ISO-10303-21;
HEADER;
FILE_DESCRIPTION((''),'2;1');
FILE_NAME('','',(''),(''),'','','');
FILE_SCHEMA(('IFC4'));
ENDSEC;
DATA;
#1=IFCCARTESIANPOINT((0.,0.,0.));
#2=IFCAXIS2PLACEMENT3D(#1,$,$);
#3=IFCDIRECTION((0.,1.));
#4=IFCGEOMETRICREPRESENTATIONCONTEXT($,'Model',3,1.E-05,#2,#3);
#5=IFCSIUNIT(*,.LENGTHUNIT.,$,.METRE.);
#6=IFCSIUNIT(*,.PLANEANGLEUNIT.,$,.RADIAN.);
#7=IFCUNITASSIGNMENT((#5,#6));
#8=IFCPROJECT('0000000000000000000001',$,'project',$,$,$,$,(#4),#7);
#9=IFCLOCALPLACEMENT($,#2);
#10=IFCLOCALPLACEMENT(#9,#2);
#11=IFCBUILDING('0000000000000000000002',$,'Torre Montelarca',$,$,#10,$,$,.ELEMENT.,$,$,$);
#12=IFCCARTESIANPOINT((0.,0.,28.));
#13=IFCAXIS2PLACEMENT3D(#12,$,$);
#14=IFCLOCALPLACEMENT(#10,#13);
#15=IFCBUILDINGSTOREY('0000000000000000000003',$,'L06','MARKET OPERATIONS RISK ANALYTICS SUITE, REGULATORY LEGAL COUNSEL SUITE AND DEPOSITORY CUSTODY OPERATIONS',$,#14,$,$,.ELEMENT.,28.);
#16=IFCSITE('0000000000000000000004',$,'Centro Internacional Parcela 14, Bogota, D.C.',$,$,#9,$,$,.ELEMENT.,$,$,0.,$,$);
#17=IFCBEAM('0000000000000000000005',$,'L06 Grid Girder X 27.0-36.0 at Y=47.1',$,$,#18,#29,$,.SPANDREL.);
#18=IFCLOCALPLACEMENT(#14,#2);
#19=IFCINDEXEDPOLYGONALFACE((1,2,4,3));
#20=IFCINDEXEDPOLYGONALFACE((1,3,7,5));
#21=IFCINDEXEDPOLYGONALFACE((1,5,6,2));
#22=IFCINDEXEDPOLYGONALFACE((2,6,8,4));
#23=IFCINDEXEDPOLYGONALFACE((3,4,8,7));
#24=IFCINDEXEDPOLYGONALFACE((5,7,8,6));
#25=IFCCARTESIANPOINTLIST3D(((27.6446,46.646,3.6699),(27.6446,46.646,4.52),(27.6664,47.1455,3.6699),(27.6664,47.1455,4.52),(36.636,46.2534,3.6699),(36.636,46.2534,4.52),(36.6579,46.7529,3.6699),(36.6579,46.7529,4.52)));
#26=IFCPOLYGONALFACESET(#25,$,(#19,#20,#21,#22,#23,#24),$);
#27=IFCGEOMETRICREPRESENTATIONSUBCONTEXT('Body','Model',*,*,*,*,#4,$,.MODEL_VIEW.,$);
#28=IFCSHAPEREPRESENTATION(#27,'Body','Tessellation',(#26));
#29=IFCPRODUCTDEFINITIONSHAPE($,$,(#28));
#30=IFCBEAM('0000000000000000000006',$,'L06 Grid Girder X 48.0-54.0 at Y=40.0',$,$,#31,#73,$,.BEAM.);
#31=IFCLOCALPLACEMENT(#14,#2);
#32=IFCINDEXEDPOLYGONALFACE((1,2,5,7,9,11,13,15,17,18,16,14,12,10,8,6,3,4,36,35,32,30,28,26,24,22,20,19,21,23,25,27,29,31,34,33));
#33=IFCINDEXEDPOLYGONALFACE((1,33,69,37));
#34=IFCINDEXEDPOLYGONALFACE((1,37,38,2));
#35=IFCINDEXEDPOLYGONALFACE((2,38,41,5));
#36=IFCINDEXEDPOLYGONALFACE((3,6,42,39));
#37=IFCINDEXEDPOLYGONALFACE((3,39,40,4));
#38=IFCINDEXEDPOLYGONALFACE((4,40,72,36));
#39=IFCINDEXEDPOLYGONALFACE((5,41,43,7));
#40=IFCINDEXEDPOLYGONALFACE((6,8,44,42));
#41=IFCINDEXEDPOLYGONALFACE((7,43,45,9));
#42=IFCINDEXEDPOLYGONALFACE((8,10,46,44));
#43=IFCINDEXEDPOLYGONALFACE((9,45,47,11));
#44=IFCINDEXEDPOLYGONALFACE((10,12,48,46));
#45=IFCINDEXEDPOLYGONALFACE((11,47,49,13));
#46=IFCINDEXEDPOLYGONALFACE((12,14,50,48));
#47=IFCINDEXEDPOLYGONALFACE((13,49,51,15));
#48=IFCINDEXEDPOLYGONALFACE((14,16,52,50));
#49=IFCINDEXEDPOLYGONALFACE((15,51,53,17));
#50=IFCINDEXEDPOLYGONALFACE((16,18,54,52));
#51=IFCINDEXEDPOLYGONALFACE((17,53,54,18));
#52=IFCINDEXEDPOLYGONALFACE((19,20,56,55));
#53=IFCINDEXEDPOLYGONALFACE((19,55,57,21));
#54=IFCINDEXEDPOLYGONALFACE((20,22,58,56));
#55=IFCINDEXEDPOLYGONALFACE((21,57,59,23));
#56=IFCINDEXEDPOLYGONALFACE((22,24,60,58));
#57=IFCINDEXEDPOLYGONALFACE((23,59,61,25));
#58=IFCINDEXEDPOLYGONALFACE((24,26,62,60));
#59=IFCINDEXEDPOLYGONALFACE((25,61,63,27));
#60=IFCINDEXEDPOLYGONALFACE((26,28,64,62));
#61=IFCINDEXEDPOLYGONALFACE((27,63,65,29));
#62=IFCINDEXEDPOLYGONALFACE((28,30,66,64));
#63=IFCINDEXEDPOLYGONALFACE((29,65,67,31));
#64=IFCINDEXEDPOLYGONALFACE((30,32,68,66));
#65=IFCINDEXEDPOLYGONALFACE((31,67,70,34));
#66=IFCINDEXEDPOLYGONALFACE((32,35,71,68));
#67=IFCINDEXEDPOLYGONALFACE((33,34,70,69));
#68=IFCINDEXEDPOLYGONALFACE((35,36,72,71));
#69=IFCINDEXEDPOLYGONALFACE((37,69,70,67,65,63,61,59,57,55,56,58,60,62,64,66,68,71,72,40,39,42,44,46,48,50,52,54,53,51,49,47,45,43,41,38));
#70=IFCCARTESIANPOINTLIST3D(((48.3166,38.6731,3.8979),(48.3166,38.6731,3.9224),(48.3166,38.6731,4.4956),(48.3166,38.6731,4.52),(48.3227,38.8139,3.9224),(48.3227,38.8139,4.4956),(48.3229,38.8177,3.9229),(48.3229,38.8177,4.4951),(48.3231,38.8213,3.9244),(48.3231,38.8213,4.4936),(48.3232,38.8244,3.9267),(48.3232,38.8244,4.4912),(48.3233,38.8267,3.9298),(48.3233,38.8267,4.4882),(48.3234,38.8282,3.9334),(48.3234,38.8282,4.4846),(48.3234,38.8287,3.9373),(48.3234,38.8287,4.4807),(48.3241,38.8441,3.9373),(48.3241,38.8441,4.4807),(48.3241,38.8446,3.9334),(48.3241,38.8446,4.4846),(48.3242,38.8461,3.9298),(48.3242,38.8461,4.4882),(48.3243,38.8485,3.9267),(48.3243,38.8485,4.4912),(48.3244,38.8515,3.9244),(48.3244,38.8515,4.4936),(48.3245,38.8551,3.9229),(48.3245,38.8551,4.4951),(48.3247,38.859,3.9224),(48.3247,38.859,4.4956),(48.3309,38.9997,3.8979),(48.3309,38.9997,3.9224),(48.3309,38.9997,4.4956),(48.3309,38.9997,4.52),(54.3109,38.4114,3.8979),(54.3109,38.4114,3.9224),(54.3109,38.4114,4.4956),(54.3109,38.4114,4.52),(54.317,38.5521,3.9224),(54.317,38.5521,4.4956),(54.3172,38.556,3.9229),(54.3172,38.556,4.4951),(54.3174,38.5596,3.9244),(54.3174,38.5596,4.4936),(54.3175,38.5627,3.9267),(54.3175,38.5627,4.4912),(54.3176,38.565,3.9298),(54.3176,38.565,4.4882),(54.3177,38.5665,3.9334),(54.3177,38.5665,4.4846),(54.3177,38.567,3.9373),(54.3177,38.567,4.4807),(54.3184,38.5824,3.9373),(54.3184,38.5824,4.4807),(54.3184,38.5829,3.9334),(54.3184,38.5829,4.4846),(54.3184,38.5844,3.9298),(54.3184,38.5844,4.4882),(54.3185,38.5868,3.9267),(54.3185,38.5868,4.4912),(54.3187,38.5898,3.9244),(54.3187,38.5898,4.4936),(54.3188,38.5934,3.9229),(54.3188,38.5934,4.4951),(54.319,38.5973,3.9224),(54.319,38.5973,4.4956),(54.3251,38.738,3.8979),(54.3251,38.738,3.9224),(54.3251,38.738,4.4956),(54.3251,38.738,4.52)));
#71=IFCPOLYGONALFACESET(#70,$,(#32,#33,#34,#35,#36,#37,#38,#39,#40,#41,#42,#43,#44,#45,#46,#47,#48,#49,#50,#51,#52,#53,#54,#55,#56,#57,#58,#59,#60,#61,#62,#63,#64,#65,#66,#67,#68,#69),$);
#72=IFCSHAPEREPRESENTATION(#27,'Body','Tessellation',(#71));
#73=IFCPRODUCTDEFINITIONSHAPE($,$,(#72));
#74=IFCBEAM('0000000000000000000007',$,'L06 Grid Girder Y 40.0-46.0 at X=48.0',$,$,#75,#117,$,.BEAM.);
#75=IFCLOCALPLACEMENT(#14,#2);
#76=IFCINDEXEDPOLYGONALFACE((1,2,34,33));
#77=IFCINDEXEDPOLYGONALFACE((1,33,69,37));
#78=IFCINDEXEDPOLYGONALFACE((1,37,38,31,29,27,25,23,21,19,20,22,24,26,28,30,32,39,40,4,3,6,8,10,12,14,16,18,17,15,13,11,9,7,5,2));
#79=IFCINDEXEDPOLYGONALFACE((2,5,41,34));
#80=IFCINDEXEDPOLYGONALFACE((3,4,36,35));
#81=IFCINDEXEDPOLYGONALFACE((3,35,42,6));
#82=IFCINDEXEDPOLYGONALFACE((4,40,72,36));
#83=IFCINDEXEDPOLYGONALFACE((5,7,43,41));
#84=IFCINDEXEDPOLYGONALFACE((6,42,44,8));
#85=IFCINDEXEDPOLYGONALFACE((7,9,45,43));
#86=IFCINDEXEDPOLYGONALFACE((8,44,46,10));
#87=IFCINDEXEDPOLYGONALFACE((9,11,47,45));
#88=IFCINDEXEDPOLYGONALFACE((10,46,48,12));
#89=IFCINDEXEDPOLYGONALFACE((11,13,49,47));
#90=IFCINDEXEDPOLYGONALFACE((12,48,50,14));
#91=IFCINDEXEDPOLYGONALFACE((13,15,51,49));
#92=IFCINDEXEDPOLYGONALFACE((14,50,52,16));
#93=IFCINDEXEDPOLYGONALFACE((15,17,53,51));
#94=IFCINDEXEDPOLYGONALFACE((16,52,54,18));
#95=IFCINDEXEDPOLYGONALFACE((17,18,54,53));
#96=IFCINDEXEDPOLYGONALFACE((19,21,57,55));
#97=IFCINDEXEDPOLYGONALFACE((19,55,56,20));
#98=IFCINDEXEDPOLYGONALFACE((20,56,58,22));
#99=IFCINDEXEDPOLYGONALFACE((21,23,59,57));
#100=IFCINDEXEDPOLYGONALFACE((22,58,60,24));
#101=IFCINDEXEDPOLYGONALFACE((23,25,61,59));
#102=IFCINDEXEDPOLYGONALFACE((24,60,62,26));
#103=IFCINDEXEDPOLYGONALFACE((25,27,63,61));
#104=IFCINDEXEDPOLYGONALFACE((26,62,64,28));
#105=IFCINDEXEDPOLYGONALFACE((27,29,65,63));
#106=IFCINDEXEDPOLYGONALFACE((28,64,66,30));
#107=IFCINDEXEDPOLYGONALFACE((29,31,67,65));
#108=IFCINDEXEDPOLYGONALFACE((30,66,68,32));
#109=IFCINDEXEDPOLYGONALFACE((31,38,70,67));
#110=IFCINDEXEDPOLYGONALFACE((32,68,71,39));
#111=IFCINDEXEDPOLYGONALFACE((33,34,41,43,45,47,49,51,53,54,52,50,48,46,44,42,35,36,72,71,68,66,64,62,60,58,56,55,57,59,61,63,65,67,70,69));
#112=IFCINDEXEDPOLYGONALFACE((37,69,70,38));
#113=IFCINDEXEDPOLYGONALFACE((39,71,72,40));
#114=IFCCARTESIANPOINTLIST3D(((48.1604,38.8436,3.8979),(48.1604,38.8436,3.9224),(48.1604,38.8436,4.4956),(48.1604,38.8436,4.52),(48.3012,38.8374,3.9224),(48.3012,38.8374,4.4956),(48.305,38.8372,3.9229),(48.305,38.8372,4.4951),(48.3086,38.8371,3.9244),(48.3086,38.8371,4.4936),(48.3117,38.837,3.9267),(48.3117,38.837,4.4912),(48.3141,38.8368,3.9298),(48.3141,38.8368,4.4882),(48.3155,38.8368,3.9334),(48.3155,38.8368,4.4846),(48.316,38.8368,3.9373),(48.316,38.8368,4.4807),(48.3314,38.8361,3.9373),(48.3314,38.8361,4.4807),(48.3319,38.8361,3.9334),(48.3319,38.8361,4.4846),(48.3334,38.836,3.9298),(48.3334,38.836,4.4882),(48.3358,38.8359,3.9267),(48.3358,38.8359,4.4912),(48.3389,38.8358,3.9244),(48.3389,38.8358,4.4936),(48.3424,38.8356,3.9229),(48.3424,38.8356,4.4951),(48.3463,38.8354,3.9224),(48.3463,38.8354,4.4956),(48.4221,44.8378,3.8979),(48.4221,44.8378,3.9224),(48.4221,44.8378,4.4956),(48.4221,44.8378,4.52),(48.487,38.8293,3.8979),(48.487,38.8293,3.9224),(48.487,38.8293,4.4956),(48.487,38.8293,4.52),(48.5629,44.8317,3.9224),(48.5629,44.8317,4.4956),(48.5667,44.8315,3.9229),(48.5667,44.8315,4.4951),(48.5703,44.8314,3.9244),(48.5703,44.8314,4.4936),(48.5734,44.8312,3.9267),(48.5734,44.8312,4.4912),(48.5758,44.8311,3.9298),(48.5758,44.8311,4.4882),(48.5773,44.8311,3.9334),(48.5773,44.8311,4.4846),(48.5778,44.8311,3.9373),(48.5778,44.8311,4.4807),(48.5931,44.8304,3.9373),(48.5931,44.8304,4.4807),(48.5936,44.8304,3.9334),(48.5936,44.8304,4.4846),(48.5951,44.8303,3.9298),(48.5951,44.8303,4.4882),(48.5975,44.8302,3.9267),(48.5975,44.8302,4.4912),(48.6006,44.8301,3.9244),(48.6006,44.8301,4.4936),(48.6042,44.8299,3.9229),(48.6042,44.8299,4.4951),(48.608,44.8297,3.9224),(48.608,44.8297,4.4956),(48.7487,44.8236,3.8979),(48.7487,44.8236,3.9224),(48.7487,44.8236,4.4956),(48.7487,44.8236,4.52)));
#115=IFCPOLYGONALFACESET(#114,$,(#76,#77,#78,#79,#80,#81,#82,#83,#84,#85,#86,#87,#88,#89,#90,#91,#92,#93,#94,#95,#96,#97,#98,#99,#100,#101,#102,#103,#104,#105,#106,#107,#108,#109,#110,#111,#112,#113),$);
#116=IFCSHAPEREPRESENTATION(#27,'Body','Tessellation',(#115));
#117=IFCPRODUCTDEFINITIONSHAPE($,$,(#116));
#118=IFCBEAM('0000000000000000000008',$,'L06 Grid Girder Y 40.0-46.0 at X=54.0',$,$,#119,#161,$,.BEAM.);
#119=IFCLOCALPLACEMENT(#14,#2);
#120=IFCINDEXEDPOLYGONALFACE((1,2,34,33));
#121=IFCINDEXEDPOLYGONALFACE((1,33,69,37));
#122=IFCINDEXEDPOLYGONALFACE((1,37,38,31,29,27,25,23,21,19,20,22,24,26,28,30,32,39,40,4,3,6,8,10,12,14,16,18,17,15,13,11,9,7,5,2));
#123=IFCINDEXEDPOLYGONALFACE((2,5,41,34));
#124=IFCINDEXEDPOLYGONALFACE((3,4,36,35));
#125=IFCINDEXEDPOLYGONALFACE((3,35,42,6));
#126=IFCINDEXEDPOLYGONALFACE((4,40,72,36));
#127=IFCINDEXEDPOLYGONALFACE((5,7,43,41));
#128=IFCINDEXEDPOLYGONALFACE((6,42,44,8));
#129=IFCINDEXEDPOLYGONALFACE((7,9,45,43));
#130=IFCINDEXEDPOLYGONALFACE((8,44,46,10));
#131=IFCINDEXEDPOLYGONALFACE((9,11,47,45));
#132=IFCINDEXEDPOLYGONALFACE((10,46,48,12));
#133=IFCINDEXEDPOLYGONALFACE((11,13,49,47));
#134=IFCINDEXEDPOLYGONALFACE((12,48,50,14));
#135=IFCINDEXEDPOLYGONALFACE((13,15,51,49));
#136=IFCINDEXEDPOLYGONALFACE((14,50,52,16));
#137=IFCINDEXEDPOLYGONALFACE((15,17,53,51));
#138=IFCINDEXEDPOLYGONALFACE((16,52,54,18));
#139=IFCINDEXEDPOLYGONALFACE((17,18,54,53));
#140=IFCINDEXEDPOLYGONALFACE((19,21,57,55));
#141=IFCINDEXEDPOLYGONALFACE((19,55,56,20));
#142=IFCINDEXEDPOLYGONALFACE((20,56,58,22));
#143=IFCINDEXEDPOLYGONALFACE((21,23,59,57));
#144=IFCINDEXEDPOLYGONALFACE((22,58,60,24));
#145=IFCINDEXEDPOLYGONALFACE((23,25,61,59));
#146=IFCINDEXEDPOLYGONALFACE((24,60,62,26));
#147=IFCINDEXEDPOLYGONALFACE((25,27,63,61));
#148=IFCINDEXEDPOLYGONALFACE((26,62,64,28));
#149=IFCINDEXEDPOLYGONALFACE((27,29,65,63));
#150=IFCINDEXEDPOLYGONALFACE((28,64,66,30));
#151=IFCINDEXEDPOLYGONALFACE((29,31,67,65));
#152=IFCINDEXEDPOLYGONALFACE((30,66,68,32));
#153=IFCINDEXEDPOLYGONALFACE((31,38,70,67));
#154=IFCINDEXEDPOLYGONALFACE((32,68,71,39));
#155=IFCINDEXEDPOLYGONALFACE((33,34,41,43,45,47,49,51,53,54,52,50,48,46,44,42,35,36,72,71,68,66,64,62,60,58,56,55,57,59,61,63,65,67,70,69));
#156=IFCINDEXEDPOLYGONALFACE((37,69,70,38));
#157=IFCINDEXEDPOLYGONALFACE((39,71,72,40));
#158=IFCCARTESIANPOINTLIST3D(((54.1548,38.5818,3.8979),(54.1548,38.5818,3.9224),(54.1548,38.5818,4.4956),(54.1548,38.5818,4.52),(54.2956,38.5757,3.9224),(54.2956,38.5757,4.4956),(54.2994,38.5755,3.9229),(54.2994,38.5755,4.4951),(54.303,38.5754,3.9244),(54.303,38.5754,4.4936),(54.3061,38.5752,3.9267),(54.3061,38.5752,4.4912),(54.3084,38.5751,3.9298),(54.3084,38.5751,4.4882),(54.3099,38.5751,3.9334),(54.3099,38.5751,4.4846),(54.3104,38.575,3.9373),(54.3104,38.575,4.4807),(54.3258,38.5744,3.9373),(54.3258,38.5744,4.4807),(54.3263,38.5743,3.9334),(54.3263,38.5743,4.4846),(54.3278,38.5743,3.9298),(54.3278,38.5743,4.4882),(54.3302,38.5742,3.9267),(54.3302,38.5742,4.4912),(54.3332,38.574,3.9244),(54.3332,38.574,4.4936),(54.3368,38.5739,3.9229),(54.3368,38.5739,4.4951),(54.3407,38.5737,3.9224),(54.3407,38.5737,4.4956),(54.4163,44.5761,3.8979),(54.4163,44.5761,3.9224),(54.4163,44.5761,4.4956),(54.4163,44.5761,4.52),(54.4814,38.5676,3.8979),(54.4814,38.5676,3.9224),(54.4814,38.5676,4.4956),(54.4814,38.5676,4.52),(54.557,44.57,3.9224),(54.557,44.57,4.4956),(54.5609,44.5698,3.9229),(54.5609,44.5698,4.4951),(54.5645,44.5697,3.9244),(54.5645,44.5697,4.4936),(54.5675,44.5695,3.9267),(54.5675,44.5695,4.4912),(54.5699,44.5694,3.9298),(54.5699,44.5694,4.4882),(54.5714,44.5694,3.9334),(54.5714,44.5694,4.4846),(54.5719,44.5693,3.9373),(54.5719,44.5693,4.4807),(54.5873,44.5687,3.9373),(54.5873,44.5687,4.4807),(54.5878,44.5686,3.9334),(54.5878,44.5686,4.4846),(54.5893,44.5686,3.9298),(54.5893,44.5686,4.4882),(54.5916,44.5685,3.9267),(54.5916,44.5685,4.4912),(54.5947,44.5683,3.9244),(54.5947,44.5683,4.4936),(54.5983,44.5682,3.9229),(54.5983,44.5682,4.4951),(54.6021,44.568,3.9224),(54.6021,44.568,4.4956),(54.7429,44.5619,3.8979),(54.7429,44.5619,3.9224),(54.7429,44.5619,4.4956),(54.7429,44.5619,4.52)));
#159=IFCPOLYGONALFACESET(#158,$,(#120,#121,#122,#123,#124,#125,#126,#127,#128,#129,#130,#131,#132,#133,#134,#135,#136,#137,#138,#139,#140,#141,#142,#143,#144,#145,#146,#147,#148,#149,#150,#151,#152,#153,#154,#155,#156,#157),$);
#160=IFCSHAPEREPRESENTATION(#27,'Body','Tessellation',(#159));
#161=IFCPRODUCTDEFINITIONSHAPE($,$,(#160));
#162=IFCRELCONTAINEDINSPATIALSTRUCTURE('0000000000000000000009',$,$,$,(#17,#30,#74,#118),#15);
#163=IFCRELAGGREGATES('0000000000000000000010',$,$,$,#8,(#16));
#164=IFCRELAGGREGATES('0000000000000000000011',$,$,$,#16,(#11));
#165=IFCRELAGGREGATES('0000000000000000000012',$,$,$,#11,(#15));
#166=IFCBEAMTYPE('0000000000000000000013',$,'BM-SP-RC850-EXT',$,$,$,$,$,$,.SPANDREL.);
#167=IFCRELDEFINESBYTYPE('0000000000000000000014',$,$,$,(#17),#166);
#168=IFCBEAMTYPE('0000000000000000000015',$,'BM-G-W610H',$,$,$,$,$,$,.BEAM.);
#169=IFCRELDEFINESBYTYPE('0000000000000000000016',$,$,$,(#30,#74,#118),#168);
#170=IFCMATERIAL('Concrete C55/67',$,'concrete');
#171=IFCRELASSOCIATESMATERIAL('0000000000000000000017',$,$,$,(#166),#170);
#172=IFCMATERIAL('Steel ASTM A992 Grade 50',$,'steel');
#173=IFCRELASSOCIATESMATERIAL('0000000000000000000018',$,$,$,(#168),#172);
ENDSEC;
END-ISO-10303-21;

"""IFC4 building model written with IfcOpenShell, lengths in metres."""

from ifc_helpers import new_model, si_unit, direction, frame, origin, origin_2d, place, context, subcontext, project, spatial, rectangle, i_section, extrude, source, transform, mapped, material, material_profile, profile_set, type_object, element, save


model = new_model("IFC4")

# Units and contexts
model_context = context("Model", 3, precision=1e-05, world=origin(), true_north=direction((0.0, 1.0)))
body_context = subcontext(model_context, "Body", "Model", "MODEL_VIEW")
ifc_project = project(units=[si_unit("LENGTHUNIT", "METRE"), si_unit("PLANEANGLEUNIT", "RADIAN")], contexts=[model_context])

# Site, building, storey
site_placement = place(None, origin())
site = spatial("IfcSite", under=ifc_project, at=site_placement, Name="Centro Internacional Parcela 14, Bogota, D.C.", CompositionType="ELEMENT", RefElevation=0.0)
building_placement = place(site_placement, origin())
building = spatial("IfcBuilding", under=site, at=building_placement, Name="Torre Montelarca", CompositionType="ELEMENT")
storey_placement = place(building_placement, frame((0.0, 0.0, 28.0)))
storey = spatial("IfcBuildingStorey", under=building, at=storey_placement, Name="L06", Description="MARKET OPERATIONS RISK ANALYTICS SUITE, REGULATORY LEGAL COUNSEL SUITE AND DEPOSITORY CUSTODY OPERATIONS", CompositionType="ELEMENT", Elevation=28.0)

# Shared definitions
ifc_material_1 = material(Name="Steel ASTM A992 Grade 50", Category="steel")

# Beams
ifc_material_2 = material(Name="Concrete C55/67", Category="concrete")
ifc_material_profile_1 = material_profile(ifc_material_2, rectangle(XDim=0.5, YDim=0.8501, at=origin_2d()), Name="RCB500X850", Category="concrete")
ifc_profile_set_1 = profile_set([ifc_material_profile_1], Name="Concrete C55/67")
beam_type_1 = type_object("IfcBeamType", Name="BM-SP-RC850-EXT", PredefinedType="SPANDREL", material=ifc_profile_set_1)
shared_shape_1 = source(origin(), body_context, "Body", "SweptSolid", [
    extrude(rectangle(XDim=0.5, YDim=0.8501, at=origin_2d()), origin(), (0.0, 0.0, 1.0), 9.0),
])
beam_1_placement = place(storey_placement, frame((27.6555, 46.8958, 4.095), z_axis=(0.999048, -0.04362, 0.0), x_axis=(0.04362, 0.999048, 0.0)))
element("IfcBeam", 1, at=beam_1_placement, inside=storey, type_object=beam_type_1, Name="L06 Grid Girder X 27.0-36.0 at Y=47.1", PredefinedType="SPANDREL", context=body_context, shape_type="MappedRepresentation", body=[
    mapped(shared_shape_1, transform((0.0, 0.0, 0.0), scale=1.0)),
])
ifc_material_profile_2 = material_profile(ifc_material_1, i_section(OverallWidth=0.3269, OverallDepth=0.6221, WebThickness=0.0154, FlangeThickness=0.0244, FilletRadius=0.0149, at=origin_2d()), Name="W610X195", Category="steel")
ifc_profile_set_2 = profile_set([ifc_material_profile_2], Name="Steel ASTM A992 Grade 50")
beam_type_2 = type_object("IfcBeamType", Name="BM-G-W610H", PredefinedType="BEAM", material=ifc_profile_set_2)
shared_shape_2 = source(origin(), body_context, "Body", "SweptSolid", [
    extrude(i_section(OverallWidth=0.3269, OverallDepth=0.6221, WebThickness=0.0154, FlangeThickness=0.0244, FilletRadius=0.0149, at=origin_2d()), origin(), (0.0, 0.0, 1.0), 6.0),
])
for number, where, z_axis, x_axis, name in (
    (2, (48.3237, 38.8364, 4.209), (0.999048, -0.043619, 0.0), (0.043619, 0.999048, 0.0), "L06 Grid Girder X 48.0-54.0 at Y=40.0"),
    (3, (48.3237, 38.8364, 4.209), (0.043619, 0.999048, 0.0), (-0.999048, 0.043619, 0.0), "L06 Grid Girder Y 40.0-46.0 at X=48.0"),
    (4, (54.3181, 38.5747, 4.209), (0.043578, 0.99905, 0.0), (-0.99905, 0.043578, 0.0), "L06 Grid Girder Y 40.0-46.0 at X=54.0"),
):
    element("IfcBeam", number, at=place(storey_placement, frame(where, z_axis=z_axis, x_axis=x_axis)), inside=storey, type_object=beam_type_2, Name=name, PredefinedType="BEAM", context=body_context, shape_type="MappedRepresentation", body=[
        mapped(shared_shape_2, transform((0.0, 0.0, 0.0), scale=1.0)),
    ])

save(model, "model.ifc")
